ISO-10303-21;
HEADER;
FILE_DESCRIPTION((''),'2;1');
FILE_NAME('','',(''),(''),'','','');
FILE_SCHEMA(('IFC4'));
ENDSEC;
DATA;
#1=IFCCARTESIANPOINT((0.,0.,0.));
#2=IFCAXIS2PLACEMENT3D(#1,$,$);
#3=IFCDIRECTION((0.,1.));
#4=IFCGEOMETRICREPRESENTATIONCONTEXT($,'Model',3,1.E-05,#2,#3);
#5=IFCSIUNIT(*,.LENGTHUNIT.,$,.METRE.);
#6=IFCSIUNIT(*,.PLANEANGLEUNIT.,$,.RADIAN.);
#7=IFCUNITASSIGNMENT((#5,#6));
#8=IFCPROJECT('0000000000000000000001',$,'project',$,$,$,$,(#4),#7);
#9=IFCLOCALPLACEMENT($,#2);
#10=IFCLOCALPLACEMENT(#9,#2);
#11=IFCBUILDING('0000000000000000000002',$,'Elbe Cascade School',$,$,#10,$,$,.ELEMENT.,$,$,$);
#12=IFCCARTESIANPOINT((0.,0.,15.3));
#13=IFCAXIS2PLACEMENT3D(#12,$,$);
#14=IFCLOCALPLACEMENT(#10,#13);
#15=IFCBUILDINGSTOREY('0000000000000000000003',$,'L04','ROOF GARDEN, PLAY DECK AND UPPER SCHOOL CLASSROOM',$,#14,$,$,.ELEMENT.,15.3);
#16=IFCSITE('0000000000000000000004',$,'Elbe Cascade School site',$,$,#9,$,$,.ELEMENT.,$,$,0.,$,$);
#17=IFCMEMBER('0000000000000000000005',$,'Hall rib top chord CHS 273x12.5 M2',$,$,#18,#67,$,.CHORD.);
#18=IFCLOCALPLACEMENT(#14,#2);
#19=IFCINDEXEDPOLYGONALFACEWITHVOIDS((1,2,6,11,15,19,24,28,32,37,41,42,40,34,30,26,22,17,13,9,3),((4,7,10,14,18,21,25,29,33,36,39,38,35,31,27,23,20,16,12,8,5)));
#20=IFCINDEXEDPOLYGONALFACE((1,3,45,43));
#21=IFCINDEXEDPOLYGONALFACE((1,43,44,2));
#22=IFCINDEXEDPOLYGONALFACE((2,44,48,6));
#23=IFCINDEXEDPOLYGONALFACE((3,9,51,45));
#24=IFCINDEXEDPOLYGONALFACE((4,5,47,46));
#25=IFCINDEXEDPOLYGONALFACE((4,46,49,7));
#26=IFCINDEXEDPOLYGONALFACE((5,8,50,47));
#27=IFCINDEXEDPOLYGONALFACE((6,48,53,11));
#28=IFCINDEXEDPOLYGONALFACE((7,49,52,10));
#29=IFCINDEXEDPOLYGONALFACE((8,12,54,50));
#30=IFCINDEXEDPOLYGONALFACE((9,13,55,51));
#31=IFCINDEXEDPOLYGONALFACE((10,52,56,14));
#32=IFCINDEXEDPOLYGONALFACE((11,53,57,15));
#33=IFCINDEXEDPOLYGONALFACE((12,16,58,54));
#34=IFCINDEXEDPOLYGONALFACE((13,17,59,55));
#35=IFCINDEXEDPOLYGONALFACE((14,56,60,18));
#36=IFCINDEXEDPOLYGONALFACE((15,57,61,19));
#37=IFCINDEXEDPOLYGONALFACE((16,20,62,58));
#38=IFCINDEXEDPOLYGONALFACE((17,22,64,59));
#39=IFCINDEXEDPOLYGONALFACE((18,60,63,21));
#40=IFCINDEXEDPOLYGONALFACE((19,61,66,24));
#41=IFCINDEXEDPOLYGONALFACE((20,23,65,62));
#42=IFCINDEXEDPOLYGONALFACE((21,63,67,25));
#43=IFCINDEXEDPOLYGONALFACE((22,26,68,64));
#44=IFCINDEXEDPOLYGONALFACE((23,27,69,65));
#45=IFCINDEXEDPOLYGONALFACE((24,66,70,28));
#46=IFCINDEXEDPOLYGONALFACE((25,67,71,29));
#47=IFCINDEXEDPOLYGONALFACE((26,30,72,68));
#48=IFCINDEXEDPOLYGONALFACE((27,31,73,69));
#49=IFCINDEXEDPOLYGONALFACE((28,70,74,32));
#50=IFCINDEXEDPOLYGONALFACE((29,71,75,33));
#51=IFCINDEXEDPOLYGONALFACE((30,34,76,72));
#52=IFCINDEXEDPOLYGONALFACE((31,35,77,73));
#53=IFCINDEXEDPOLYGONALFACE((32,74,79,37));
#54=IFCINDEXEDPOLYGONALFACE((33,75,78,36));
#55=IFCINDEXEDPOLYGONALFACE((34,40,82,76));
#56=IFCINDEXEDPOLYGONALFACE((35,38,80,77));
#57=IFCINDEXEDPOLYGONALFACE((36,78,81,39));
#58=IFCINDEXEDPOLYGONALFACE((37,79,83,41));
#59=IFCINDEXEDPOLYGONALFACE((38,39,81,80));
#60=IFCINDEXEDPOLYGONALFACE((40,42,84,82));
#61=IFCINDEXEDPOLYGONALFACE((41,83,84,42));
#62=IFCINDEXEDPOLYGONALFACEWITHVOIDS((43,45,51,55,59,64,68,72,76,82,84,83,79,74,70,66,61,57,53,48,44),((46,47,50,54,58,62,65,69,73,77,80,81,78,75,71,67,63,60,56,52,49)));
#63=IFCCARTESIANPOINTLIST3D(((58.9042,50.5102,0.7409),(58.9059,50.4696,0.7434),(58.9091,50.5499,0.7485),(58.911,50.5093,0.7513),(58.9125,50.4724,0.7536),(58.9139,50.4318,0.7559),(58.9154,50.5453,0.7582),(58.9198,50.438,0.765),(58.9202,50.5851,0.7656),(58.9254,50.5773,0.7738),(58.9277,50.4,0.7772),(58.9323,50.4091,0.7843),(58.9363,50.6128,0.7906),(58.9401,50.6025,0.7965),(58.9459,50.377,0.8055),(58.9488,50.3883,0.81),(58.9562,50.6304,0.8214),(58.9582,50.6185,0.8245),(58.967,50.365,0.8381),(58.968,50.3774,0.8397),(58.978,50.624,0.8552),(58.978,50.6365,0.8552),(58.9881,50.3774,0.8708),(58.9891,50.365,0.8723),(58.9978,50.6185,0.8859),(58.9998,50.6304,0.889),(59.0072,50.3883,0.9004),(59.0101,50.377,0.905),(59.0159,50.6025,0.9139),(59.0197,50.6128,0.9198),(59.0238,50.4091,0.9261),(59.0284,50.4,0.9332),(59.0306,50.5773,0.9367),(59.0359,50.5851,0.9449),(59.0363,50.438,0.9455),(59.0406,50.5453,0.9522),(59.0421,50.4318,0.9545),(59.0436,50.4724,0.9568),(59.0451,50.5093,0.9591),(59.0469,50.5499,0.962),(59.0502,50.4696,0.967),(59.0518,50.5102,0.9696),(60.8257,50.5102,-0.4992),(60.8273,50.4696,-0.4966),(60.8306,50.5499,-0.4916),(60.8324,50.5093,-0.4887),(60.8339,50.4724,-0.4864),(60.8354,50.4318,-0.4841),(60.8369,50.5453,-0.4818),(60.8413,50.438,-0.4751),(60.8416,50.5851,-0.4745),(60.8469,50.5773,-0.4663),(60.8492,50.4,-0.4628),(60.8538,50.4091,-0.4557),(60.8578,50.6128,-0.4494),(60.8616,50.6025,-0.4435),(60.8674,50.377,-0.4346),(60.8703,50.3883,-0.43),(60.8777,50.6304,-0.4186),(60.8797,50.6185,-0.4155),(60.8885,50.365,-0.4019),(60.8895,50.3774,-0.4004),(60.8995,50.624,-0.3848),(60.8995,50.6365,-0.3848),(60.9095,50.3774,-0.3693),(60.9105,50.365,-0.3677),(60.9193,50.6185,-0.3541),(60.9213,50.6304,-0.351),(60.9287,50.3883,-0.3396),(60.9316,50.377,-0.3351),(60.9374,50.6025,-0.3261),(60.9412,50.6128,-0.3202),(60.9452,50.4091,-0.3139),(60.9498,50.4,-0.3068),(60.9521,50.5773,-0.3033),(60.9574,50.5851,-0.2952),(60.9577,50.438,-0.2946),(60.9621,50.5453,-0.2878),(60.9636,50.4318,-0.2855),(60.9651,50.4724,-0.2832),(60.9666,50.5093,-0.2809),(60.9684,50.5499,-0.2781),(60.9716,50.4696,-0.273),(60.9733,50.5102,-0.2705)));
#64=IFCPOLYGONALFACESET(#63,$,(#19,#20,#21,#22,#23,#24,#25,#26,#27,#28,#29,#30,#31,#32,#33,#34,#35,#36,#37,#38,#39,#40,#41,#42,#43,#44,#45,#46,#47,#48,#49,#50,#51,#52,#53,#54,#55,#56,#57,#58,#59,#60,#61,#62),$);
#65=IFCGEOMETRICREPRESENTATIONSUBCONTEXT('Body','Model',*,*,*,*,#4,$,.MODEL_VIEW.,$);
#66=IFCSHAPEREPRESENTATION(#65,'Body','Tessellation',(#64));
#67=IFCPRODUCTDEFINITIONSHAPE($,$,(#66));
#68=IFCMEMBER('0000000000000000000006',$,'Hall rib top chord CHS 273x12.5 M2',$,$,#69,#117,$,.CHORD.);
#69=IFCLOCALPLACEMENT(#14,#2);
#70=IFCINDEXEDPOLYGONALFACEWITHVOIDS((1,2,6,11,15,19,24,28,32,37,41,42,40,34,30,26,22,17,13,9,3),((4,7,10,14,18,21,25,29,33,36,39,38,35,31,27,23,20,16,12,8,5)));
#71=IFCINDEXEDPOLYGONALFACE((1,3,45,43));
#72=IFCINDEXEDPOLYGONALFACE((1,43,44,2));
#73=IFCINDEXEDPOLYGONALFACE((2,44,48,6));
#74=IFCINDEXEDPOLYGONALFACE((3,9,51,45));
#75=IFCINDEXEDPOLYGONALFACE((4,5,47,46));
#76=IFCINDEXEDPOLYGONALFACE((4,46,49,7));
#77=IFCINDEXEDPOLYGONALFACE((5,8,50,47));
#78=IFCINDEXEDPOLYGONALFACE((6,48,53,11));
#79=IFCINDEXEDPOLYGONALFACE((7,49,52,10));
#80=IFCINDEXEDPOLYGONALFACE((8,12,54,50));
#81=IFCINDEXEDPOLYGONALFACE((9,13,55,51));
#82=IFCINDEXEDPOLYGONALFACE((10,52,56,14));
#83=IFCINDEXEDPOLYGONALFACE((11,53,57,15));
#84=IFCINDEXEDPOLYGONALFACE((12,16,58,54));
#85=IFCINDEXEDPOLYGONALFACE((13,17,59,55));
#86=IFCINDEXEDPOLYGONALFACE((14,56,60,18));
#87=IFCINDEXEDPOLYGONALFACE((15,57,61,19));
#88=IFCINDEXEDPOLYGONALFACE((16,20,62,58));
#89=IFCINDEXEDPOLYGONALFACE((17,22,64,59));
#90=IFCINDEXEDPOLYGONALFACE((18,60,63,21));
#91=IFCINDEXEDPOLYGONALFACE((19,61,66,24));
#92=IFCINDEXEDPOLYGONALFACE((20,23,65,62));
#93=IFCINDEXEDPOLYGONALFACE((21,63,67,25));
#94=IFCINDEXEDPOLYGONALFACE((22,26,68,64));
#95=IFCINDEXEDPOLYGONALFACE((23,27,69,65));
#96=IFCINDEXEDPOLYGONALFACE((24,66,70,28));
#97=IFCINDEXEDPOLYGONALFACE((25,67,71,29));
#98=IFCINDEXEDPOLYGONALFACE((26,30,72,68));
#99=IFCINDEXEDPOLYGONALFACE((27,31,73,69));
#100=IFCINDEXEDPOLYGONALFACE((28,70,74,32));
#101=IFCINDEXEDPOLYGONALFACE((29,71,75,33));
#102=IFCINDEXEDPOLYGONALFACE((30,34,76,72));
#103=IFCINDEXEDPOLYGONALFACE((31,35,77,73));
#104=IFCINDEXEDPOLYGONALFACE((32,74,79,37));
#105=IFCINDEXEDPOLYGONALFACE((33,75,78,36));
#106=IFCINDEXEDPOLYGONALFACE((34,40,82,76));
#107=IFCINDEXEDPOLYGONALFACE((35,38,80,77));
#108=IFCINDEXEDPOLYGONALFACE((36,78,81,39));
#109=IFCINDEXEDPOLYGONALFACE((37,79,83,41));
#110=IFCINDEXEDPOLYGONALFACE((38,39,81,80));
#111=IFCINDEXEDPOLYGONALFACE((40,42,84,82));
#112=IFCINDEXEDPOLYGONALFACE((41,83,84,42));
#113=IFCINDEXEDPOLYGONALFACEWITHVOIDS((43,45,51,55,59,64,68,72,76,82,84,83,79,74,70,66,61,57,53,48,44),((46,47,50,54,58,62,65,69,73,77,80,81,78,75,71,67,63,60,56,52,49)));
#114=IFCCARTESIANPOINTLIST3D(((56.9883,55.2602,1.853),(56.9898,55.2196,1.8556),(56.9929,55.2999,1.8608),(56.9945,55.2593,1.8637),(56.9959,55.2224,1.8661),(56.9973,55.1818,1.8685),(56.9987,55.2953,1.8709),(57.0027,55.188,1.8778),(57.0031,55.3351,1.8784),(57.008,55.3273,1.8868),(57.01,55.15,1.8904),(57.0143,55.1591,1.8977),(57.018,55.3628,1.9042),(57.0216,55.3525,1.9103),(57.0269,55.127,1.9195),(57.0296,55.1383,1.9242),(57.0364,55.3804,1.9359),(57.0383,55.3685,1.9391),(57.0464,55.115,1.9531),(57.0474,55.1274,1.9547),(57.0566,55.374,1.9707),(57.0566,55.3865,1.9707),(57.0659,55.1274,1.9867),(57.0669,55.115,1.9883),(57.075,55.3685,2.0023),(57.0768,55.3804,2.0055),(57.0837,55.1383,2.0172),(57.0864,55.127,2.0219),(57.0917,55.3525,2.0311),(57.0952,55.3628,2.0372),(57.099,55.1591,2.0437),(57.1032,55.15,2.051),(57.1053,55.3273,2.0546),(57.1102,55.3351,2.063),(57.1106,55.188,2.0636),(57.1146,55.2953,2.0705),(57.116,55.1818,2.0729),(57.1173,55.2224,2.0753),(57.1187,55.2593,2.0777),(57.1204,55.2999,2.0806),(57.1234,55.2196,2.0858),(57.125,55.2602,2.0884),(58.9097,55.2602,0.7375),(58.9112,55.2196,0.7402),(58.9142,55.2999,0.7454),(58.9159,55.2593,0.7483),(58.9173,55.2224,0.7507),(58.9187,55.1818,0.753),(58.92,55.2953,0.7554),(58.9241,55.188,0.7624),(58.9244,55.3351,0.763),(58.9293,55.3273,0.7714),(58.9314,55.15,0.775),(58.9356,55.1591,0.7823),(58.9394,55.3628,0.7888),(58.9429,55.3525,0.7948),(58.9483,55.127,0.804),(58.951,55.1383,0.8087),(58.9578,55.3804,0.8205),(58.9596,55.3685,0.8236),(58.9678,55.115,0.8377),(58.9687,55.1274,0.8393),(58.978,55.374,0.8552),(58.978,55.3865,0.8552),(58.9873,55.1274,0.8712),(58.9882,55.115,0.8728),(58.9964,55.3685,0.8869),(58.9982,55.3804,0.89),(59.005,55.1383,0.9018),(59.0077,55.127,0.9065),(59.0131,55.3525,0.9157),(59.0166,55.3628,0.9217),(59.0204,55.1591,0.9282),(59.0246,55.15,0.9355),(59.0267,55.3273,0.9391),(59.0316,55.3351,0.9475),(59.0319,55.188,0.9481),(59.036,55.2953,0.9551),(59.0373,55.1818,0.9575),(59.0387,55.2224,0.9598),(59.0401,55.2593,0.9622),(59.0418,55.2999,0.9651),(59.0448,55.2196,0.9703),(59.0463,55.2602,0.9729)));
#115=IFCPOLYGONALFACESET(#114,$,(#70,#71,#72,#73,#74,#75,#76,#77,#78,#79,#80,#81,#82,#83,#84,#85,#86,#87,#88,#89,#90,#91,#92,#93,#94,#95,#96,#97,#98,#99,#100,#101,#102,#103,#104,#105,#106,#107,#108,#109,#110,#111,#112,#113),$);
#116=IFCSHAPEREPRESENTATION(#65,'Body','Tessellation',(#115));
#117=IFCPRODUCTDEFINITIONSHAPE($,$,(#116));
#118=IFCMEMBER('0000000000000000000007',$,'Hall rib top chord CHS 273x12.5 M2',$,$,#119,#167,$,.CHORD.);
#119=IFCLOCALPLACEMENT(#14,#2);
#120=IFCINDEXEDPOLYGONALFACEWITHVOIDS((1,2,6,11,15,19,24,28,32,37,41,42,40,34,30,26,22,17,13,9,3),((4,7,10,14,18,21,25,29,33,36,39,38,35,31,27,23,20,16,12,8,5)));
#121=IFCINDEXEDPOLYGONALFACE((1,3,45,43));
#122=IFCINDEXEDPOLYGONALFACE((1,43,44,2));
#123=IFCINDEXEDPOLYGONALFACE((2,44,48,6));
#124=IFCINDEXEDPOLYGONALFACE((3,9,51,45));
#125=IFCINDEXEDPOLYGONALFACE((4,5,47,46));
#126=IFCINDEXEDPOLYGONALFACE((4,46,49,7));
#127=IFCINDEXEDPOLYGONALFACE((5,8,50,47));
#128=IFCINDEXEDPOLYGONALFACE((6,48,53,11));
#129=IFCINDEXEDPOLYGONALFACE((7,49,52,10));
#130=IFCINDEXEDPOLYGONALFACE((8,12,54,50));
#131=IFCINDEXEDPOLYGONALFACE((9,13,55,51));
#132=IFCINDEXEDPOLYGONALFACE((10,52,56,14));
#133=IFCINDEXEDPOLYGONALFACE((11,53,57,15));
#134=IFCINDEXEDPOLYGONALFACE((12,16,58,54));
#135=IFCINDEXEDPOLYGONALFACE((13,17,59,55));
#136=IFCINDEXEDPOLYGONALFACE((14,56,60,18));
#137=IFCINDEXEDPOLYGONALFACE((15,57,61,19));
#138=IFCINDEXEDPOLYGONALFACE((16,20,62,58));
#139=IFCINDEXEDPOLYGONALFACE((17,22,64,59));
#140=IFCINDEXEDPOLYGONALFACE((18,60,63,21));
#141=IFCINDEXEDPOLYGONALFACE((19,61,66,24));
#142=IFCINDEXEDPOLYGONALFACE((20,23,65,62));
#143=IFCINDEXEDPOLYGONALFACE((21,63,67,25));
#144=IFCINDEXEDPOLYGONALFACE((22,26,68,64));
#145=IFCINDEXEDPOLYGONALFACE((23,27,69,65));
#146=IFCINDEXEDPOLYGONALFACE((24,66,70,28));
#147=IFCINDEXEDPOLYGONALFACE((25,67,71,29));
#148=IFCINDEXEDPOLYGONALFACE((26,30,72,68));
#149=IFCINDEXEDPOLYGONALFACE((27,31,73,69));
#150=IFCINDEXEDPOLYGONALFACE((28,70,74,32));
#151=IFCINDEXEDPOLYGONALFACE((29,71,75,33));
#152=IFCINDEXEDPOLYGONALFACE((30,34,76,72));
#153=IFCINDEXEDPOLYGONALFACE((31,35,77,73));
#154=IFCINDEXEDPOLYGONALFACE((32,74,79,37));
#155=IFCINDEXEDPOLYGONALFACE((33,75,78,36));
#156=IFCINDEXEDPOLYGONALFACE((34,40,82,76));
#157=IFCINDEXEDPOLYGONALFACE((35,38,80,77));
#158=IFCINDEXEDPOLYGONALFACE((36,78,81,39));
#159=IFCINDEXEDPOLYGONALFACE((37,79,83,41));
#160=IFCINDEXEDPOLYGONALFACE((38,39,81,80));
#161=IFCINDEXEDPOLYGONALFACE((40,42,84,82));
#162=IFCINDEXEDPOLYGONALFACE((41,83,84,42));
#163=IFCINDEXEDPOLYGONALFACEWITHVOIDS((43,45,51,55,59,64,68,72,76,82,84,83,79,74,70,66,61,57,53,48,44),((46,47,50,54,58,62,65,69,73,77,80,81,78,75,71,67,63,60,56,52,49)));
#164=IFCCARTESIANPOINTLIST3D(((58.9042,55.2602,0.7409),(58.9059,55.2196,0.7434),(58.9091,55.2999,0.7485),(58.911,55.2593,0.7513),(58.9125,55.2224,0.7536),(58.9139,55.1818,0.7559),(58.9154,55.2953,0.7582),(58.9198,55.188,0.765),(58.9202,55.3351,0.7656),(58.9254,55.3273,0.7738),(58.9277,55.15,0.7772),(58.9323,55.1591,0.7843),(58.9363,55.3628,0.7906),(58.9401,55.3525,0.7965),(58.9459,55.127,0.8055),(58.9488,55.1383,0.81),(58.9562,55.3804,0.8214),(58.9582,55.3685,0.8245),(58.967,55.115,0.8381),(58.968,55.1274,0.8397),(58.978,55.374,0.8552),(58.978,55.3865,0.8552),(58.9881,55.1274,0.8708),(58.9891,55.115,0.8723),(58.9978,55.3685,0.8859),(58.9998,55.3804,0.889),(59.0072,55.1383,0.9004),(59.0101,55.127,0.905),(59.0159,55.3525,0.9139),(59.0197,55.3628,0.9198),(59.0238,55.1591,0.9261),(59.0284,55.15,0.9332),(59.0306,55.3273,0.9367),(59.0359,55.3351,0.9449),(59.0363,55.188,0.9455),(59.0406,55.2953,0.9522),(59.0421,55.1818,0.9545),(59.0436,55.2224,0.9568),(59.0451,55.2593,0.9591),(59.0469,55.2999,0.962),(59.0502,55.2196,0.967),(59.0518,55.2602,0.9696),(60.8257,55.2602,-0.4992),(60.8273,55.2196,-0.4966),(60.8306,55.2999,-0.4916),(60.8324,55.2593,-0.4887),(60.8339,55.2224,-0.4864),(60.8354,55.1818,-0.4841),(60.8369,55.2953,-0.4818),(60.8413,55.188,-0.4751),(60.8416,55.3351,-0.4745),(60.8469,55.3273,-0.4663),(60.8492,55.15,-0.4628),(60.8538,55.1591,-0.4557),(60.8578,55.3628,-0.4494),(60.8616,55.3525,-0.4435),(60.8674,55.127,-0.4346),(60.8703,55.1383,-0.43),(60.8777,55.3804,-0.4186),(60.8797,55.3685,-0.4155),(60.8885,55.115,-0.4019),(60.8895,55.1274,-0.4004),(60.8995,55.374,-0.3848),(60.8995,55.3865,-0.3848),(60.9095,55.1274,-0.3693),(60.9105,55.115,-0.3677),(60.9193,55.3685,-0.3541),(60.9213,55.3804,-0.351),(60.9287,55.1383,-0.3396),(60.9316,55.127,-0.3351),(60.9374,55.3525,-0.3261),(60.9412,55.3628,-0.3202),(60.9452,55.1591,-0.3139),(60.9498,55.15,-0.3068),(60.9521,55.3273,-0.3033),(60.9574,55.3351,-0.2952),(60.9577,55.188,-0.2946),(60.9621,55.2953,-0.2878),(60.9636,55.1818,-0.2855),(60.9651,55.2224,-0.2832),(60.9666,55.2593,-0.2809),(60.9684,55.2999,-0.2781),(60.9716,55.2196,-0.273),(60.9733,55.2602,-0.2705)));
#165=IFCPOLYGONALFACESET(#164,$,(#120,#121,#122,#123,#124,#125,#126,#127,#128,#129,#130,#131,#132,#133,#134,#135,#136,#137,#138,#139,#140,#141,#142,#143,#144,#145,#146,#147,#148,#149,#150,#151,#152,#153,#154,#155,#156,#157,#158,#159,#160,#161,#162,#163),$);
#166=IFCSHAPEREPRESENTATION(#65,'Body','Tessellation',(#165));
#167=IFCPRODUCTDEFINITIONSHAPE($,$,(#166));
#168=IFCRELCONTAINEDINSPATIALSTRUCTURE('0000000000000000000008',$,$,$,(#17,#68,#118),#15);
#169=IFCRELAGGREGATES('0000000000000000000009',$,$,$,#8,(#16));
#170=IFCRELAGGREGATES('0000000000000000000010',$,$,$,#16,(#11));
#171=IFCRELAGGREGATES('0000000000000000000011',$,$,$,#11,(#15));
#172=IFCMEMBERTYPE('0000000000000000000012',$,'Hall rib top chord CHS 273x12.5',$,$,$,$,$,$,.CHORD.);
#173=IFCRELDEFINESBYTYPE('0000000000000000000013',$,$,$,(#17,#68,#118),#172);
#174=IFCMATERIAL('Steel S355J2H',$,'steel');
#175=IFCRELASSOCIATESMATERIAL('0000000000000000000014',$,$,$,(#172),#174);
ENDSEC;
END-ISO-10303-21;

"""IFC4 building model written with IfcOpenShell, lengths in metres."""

from ifc_helpers import new_model, si_unit, direction, frame, origin, origin_2d, place, context, subcontext, project, spatial, hollow_circle, extrude, material, material_profile, profile_set, type_object, element, save


model = new_model("IFC4")

# Units and contexts
model_context = context("Model", 3, precision=1e-05, world=origin(), true_north=direction((0.0, 1.0)))
body_context = subcontext(model_context, "Body", "Model", "MODEL_VIEW")
ifc_project = project(units=[si_unit("LENGTHUNIT", "METRE"), si_unit("PLANEANGLEUNIT", "RADIAN")], contexts=[model_context])

# Site, building, storey
site_placement = place(None, origin())
site = spatial("IfcSite", under=ifc_project, at=site_placement, Name="Elbe Cascade School site", CompositionType="ELEMENT", RefElevation=0.0)
building_placement = place(site_placement, origin())
building = spatial("IfcBuilding", under=site, at=building_placement, Name="Elbe Cascade School", CompositionType="ELEMENT")
storey_placement = place(building_placement, frame((0.0, 0.0, 15.3)))
storey = spatial("IfcBuildingStorey", under=building, at=storey_placement, Name="L04", Description="ROOF GARDEN, PLAY DECK AND UPPER SCHOOL CLASSROOM", CompositionType="ELEMENT", Elevation=15.3)

# Members
ifc_material_1 = material(Name="Steel S355J2H", Category="steel")
ifc_material_profile_1 = material_profile(ifc_material_1, hollow_circle(Radius=0.1365, WallThickness=0.0125, at=origin_2d()), Name="CHS 273x12.5")
ifc_profile_set_1 = profile_set([ifc_material_profile_1], Name="Steel S355J2H")
member_type_1 = type_object("IfcMemberType", Name="Hall rib top chord CHS 273x12.5", PredefinedType="CHORD", material=ifc_profile_set_1)
member_1_placement = place(storey_placement, frame((58.978, 50.5, 0.8552), z_axis=(0.84022, 0.0, -0.542246), x_axis=(0.0, 1.0, 0.0)))
element("IfcMember", 1, at=member_1_placement, inside=storey, type_object=member_type_1, Name="Hall rib top chord CHS 273x12.5 M2", PredefinedType="CHORD", context=body_context, shape_type="SweptSolid", body=[
    extrude(hollow_circle(Radius=0.1365, WallThickness=0.0125, at=origin_2d()), origin(), (0.0, 0.0, 1.0), 2.2869),
])
member_2_placement = place(storey_placement, frame((57.0566, 55.25, 1.9707), z_axis=(0.864821, 0.0, -0.50208), x_axis=(0.0, 1.0, 0.0)))
element("IfcMember", 2, at=member_2_placement, inside=storey, type_object=member_type_1, Name="Hall rib top chord CHS 273x12.5 M2", PredefinedType="CHORD", context=body_context, shape_type="SweptSolid", body=[
    extrude(hollow_circle(Radius=0.1365, WallThickness=0.0125, at=origin_2d()), origin(), (0.0, 0.0, 1.0), 2.2217),
])
member_3_placement = place(storey_placement, frame((58.978, 55.25, 0.8552), z_axis=(0.84022, 0.0, -0.542246), x_axis=(0.0, 1.0, 0.0)))
element("IfcMember", 3, at=member_3_placement, inside=storey, type_object=member_type_1, Name="Hall rib top chord CHS 273x12.5 M2", PredefinedType="CHORD", context=body_context, shape_type="SweptSolid", body=[
    extrude(hollow_circle(Radius=0.1365, WallThickness=0.0125, at=origin_2d()), origin(), (0.0, 0.0, 1.0), 2.2869),
])

save(model, "model.ifc")
